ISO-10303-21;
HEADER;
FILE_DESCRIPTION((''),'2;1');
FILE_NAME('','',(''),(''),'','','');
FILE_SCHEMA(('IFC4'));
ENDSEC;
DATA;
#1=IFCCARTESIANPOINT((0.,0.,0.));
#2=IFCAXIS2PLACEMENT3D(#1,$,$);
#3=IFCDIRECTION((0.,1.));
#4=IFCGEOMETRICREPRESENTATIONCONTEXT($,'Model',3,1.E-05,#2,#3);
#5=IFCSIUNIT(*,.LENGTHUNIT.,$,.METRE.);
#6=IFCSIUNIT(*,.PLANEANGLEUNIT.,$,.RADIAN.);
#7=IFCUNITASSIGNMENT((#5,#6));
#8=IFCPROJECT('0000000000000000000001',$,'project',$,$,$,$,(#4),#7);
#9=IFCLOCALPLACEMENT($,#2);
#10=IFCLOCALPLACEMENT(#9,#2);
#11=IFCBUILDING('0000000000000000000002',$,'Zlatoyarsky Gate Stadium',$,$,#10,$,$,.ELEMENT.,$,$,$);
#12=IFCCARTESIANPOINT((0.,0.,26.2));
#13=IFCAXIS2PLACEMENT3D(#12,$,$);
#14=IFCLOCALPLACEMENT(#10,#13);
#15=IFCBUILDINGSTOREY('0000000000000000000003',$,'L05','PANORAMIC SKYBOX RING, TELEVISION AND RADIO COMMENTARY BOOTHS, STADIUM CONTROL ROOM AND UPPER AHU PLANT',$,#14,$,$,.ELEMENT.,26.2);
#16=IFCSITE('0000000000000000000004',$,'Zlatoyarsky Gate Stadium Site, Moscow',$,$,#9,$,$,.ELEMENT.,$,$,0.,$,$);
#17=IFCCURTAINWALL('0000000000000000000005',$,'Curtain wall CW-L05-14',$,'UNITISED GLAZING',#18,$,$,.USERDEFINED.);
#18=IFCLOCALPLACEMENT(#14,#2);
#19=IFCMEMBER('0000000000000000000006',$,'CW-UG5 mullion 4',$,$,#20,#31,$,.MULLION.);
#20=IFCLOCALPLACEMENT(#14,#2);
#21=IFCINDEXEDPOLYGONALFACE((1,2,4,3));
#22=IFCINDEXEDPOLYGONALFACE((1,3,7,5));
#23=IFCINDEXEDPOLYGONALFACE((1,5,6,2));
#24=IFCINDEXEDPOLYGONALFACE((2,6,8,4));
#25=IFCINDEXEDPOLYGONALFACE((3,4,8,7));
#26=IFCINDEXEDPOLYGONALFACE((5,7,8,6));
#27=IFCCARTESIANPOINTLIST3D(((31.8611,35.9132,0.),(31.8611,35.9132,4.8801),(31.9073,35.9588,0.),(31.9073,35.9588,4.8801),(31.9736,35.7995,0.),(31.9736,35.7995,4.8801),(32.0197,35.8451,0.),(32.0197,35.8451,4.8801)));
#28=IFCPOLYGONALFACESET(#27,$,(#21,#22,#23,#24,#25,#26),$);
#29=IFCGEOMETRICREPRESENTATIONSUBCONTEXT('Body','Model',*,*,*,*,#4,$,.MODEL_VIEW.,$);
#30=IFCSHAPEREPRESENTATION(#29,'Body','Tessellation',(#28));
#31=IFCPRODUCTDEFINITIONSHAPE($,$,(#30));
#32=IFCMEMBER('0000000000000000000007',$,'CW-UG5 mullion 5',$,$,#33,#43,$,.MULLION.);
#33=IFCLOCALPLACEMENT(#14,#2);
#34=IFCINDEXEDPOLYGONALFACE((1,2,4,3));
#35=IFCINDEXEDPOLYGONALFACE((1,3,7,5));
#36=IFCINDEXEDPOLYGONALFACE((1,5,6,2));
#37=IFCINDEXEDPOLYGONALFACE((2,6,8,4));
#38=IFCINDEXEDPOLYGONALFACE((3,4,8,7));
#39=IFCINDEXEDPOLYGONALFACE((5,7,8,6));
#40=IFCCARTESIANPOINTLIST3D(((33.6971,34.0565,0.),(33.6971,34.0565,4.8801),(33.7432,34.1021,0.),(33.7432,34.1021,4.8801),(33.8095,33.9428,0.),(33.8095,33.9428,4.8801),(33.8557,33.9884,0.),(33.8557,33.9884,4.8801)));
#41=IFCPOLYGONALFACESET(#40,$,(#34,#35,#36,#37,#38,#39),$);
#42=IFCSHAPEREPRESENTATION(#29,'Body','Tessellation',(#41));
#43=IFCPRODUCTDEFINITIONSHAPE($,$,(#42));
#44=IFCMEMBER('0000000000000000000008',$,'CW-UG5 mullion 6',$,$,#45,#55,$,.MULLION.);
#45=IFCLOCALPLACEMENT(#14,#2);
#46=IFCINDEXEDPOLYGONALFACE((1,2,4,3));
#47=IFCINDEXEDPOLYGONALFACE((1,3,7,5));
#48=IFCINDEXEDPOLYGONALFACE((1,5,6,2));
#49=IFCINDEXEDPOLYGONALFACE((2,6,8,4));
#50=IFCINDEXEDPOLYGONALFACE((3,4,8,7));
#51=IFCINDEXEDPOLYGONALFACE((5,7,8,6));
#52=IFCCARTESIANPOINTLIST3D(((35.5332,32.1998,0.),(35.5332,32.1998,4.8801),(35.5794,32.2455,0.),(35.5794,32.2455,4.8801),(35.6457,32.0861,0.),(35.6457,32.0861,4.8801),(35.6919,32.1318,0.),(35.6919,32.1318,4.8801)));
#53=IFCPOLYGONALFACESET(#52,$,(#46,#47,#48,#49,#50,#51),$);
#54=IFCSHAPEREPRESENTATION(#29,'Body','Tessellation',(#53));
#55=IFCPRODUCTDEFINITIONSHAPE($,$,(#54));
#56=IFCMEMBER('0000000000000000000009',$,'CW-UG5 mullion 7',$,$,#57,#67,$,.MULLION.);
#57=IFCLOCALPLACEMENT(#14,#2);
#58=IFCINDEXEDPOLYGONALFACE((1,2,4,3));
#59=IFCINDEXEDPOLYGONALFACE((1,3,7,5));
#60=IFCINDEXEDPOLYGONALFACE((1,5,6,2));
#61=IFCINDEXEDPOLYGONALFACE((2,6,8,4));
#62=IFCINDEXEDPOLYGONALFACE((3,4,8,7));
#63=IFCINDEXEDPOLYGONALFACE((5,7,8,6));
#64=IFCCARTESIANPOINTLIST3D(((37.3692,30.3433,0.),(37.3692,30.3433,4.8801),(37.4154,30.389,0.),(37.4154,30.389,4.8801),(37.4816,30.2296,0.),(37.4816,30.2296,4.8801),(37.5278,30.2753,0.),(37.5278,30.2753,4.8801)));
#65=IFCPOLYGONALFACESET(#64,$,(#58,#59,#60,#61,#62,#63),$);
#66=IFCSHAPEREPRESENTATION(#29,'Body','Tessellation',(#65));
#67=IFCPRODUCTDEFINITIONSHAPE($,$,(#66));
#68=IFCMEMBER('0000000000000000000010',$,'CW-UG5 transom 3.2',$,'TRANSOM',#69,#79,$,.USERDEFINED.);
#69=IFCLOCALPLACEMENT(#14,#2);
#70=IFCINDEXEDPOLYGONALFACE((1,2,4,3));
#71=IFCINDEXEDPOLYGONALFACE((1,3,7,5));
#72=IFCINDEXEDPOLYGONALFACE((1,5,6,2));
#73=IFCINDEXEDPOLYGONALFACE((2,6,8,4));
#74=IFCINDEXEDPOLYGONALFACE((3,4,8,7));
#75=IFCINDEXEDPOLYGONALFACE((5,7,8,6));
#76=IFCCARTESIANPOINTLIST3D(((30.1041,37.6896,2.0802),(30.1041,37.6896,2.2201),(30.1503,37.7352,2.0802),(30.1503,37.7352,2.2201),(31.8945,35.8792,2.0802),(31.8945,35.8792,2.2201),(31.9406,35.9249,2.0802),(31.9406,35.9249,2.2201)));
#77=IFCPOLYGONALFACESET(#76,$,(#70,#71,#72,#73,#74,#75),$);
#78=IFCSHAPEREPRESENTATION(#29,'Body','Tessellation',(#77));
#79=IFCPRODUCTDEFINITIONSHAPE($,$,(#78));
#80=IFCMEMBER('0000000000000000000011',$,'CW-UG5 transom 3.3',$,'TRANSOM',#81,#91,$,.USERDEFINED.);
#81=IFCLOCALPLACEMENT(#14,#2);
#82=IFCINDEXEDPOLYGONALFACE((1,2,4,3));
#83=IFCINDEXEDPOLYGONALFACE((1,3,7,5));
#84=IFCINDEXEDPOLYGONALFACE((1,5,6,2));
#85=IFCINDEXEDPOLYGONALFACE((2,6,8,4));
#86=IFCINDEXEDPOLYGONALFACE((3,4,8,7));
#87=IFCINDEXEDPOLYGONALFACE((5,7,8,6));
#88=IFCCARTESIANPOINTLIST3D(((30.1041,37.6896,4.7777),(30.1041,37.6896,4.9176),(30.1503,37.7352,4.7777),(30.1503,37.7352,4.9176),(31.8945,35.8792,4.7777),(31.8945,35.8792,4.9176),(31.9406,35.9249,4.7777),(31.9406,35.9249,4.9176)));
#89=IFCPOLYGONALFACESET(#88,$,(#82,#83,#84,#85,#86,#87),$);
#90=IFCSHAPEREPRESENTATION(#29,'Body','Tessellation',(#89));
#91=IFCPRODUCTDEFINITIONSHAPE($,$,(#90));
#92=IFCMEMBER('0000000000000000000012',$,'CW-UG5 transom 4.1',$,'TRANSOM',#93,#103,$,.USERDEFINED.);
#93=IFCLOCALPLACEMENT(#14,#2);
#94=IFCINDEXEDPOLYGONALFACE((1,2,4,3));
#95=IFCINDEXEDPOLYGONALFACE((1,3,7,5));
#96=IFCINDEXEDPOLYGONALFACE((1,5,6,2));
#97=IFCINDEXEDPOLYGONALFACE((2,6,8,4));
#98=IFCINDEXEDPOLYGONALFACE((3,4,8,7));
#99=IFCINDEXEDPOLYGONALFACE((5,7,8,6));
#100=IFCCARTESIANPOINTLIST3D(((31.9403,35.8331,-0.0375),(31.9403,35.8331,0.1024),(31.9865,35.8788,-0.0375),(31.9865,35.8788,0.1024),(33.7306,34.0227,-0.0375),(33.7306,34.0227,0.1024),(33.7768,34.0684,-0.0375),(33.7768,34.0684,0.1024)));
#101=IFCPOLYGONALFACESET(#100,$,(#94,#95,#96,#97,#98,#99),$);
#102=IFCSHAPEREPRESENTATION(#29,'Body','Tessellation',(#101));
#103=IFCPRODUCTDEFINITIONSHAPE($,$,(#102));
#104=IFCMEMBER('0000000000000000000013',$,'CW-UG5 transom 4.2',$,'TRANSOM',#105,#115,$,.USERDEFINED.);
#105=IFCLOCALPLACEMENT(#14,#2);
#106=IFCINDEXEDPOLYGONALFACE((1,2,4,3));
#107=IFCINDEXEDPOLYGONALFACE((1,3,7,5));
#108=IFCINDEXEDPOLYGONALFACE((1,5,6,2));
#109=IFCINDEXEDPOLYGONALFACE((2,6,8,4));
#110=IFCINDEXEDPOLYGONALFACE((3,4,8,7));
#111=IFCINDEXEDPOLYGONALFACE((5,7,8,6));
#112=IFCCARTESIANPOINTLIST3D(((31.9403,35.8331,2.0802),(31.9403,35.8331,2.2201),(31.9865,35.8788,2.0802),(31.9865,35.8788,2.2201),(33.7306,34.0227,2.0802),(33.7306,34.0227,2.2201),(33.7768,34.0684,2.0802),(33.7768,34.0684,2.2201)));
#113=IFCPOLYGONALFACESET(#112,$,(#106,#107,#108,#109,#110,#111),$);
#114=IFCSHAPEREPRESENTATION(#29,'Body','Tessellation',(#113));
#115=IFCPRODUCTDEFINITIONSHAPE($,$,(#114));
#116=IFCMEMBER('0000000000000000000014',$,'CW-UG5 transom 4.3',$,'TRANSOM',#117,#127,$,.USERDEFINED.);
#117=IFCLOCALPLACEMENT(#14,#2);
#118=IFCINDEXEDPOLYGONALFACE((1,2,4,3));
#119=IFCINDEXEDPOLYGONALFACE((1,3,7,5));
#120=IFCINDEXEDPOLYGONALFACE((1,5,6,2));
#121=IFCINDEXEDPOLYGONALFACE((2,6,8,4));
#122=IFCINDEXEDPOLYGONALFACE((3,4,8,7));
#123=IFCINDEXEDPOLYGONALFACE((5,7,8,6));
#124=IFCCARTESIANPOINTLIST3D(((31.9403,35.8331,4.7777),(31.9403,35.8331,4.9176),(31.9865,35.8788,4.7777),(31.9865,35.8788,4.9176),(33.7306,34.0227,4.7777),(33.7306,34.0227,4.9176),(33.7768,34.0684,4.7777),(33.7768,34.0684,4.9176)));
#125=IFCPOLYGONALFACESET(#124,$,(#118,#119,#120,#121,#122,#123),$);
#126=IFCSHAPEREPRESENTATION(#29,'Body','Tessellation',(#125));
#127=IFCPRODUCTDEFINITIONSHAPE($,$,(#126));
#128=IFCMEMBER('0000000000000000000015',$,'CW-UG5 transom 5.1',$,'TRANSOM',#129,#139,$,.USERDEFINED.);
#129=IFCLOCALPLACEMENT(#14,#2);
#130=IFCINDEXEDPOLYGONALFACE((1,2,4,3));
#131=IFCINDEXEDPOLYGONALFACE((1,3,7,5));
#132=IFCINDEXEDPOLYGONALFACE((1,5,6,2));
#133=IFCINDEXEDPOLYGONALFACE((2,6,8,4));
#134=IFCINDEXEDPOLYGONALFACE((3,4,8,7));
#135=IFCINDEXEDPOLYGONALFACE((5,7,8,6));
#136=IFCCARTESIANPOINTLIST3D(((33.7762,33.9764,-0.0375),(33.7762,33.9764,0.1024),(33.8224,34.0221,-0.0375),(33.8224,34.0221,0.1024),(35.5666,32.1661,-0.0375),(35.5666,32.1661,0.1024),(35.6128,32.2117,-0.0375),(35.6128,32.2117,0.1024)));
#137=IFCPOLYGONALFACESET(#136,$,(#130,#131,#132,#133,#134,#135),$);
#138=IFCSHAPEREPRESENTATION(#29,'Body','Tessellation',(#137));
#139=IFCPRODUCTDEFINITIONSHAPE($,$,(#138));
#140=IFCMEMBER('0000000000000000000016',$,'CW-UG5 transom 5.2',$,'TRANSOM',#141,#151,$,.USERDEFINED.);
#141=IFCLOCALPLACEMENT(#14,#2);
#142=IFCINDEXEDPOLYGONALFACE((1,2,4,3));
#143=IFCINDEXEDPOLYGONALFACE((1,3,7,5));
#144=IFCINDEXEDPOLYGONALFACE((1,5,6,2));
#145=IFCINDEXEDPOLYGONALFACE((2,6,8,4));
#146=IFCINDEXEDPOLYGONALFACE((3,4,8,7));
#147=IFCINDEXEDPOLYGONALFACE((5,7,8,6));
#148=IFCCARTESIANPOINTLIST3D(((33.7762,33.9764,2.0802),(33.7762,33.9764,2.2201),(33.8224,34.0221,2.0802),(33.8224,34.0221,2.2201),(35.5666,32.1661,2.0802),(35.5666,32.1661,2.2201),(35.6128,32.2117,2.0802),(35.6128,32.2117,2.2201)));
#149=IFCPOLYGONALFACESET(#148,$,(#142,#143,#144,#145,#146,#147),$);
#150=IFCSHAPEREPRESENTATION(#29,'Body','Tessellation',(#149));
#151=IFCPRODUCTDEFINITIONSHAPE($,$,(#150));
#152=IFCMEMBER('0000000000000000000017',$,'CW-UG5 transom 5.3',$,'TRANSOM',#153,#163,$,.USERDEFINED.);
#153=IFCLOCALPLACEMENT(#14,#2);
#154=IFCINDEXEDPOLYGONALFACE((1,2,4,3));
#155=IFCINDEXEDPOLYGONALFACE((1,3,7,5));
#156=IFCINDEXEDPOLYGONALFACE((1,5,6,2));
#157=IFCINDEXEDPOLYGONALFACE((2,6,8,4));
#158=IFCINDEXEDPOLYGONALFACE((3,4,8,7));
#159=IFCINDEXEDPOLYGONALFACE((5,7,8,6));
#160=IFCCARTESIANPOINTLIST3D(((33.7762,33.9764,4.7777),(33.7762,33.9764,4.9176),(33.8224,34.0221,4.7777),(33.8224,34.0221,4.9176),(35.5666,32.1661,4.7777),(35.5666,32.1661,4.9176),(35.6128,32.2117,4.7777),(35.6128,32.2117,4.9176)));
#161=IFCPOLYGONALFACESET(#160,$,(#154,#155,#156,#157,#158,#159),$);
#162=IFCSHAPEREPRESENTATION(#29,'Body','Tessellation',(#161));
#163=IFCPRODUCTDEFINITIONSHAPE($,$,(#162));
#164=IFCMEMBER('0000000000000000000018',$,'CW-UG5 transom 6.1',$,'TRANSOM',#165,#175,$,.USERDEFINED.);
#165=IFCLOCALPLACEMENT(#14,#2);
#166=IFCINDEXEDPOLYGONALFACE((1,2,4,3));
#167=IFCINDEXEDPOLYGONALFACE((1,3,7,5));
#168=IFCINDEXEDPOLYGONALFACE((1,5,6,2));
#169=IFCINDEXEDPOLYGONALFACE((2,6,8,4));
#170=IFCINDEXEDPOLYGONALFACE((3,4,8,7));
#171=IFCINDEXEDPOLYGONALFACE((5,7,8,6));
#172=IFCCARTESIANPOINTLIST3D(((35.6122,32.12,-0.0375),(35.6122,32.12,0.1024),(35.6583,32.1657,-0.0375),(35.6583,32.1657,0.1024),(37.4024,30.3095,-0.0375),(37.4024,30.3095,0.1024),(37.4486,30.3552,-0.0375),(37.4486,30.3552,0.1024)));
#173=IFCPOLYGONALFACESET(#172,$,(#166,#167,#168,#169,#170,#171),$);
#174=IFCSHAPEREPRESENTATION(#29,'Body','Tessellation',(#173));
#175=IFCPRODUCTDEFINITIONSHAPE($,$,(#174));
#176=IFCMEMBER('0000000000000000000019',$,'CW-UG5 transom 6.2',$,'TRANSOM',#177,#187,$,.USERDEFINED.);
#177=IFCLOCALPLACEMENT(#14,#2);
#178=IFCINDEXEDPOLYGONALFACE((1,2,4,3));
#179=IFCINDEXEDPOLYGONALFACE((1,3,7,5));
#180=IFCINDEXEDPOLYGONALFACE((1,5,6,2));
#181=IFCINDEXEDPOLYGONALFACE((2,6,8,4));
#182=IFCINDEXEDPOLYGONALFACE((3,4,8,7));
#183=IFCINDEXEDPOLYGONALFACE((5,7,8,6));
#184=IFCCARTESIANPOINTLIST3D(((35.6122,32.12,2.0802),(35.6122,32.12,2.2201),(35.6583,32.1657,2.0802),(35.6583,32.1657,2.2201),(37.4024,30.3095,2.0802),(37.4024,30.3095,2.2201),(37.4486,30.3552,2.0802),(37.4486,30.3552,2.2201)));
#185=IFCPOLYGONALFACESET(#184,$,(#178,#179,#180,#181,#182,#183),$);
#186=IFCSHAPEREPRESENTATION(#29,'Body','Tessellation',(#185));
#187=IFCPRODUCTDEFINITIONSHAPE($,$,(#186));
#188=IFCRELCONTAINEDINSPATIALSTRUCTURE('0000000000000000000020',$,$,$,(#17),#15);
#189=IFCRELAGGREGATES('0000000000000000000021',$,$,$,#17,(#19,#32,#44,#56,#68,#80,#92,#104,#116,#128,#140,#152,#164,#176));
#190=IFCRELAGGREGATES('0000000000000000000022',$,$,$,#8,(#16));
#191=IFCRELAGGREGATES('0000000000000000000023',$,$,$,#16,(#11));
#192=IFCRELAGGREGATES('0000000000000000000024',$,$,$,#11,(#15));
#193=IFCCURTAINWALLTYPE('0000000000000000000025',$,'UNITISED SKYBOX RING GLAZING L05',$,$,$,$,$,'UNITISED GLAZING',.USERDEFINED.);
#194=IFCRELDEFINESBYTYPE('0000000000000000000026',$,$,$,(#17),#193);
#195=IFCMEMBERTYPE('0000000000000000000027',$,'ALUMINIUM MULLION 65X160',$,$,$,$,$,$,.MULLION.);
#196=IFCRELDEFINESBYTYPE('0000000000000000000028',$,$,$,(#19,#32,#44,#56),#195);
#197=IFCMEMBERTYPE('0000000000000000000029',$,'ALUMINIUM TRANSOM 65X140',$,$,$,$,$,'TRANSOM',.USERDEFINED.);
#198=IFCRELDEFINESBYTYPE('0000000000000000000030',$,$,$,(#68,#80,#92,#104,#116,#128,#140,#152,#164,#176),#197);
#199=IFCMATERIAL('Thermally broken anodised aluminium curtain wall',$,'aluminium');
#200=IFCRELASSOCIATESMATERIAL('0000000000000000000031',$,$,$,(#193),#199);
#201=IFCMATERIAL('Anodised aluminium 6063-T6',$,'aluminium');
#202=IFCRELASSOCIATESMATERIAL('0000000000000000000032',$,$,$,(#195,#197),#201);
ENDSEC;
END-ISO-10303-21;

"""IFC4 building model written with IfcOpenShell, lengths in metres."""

from ifc_helpers import new_model, si_unit, direction, frame, origin, origin_2d, place, context, subcontext, project, spatial, rectangle, extrude, material, material_profile, profile_set, type_object, element, aggregate, save


model = new_model("IFC4")

# Units and contexts
model_context = context("Model", 3, precision=1e-05, world=origin(), true_north=direction((0.0, 1.0)))
body_context = subcontext(model_context, "Body", "Model", "MODEL_VIEW")
ifc_project = project(units=[si_unit("LENGTHUNIT", "METRE"), si_unit("PLANEANGLEUNIT", "RADIAN")], contexts=[model_context])

# Site, building, storey
site_placement = place(None, origin())
site = spatial("IfcSite", under=ifc_project, at=site_placement, Name="Zlatoyarsky Gate Stadium Site, Moscow", CompositionType="ELEMENT", RefElevation=0.0)
building_placement = place(site_placement, origin())
building = spatial("IfcBuilding", under=site, at=building_placement, Name="Zlatoyarsky Gate Stadium", CompositionType="ELEMENT")
storey_placement = place(building_placement, frame((0.0, 0.0, 26.2)))
storey = spatial("IfcBuildingStorey", under=building, at=storey_placement, Name="L05", Description="PANORAMIC SKYBOX RING, TELEVISION AND RADIO COMMENTARY BOOTHS, STADIUM CONTROL ROOM AND UPPER AHU PLANT", CompositionType="ELEMENT", Elevation=26.2)

# Curtain wall, members
ifc_material_1 = material(Name="Thermally broken anodised aluminium curtain wall", Category="aluminium")
curtain_wall_type = type_object("IfcCurtainWallType", Name="UNITISED SKYBOX RING GLAZING L05", ElementType="UNITISED GLAZING", PredefinedType="USERDEFINED", material=ifc_material_1)
curtain_wall_placement = place(storey_placement, origin())
curtain_wall = element("IfcCurtainWall", 1, at=curtain_wall_placement, inside=storey, type_object=curtain_wall_type, Name="Curtain wall CW-L05-14", ObjectType="UNITISED GLAZING", PredefinedType="USERDEFINED")
ifc_material_2 = material(Name="Anodised aluminium 6063-T6", Category="aluminium")
ifc_material_profile_1 = material_profile(ifc_material_2, rectangle(XDim=0.0649, YDim=0.1599, at=origin_2d()), Name="ALU 65X160")
ifc_profile_set_1 = profile_set([ifc_material_profile_1], Name="Anodised aluminium 6063-T6")
member_type_1 = type_object("IfcMemberType", Name="ALUMINIUM MULLION 65X160", PredefinedType="MULLION", material=ifc_profile_set_1)
member_1_placement = place(storey_placement, frame((31.9404, 35.8792, 0.0), z_axis=(0.0, 0.0, 1.0), x_axis=(0.711036, 0.703156, 0.0)))
member_1 = element("IfcMember", 2, at=member_1_placement, type_object=member_type_1, Name="CW-UG5 mullion 4", PredefinedType="MULLION", context=body_context, shape_type="SweptSolid", body=[
    extrude(rectangle(XDim=0.0649, YDim=0.1599, at=origin_2d()), origin(), (0.0, 0.0, 1.0), 4.8801),
])
member_2_placement = place(storey_placement, frame((33.7764, 34.0225, 0.0), z_axis=(0.0, 0.0, 1.0), x_axis=(0.711036, 0.703156, 0.0)))
member_2 = element("IfcMember", 3, at=member_2_placement, type_object=member_type_1, Name="CW-UG5 mullion 5", PredefinedType="MULLION", context=body_context, shape_type="SweptSolid", body=[
    extrude(rectangle(XDim=0.0649, YDim=0.1599, at=origin_2d()), origin(), (0.0, 0.0, 1.0), 4.8801),
])
member_3_placement = place(storey_placement, frame((35.6125, 32.1658, 0.0), z_axis=(0.0, 0.0, 1.0), x_axis=(0.711036, 0.703156, 0.0)))
member_3 = element("IfcMember", 4, at=member_3_placement, type_object=member_type_1, Name="CW-UG5 mullion 6", PredefinedType="MULLION", context=body_context, shape_type="SweptSolid", body=[
    extrude(rectangle(XDim=0.0649, YDim=0.1599, at=origin_2d()), origin(), (0.0, 0.0, 1.0), 4.8801),
])
member_4_placement = place(storey_placement, frame((37.4485, 30.3093, 0.0), z_axis=(0.0, 0.0, 1.0), x_axis=(0.711036, 0.703156, 0.0)))
member_4 = element("IfcMember", 5, at=member_4_placement, type_object=member_type_1, Name="CW-UG5 mullion 7", PredefinedType="MULLION", context=body_context, shape_type="SweptSolid", body=[
    extrude(rectangle(XDim=0.0649, YDim=0.1599, at=origin_2d()), origin(), (0.0, 0.0, 1.0), 4.8801),
])
ifc_material_profile_2 = material_profile(ifc_material_2, rectangle(XDim=0.0649, YDim=0.1399, at=origin_2d()), Name="ALU 65X140")
ifc_profile_set_2 = profile_set([ifc_material_profile_2], Name="Anodised aluminium 6063-T6")
member_type_2 = type_object("IfcMemberType", Name="ALUMINIUM TRANSOM 65X140", ElementType="TRANSOM", PredefinedType="USERDEFINED", material=ifc_profile_set_2)
member_5_placement = place(storey_placement, frame((30.1272, 37.7124, 2.1501), z_axis=(0.703164, -0.711027, 0.0), x_axis=(0.711027, 0.703164, 0.0)))
member_5 = element("IfcMember", 6, at=member_5_placement, type_object=member_type_2, Name="CW-UG5 transom 3.2", ObjectType="TRANSOM", PredefinedType="USERDEFINED", context=body_context, shape_type="SweptSolid", body=[
    extrude(rectangle(XDim=0.0649, YDim=0.1399, at=origin_2d()), origin(), (0.0, 0.0, 1.0), 2.5461),
])
member_6_placement = place(storey_placement, frame((30.1272, 37.7124, 4.8477), z_axis=(0.703164, -0.711027, 0.0), x_axis=(0.711027, 0.703164, 0.0)))
member_6 = element("IfcMember", 7, at=member_6_placement, type_object=member_type_2, Name="CW-UG5 transom 3.3", ObjectType="TRANSOM", PredefinedType="USERDEFINED", context=body_context, shape_type="SweptSolid", body=[
    extrude(rectangle(XDim=0.0649, YDim=0.1399, at=origin_2d()), origin(), (0.0, 0.0, 1.0), 2.5461),
])
member_7_placement = place(storey_placement, frame((31.9634, 35.856, 0.0325), z_axis=(0.703164, -0.711027, 0.0), x_axis=(0.711027, 0.703164, 0.0)))
member_7 = element("IfcMember", 8, at=member_7_placement, type_object=member_type_2, Name="CW-UG5 transom 4.1", ObjectType="TRANSOM", PredefinedType="USERDEFINED", context=body_context, shape_type="SweptSolid", body=[
    extrude(rectangle(XDim=0.0649, YDim=0.1399, at=origin_2d()), origin(), (0.0, 0.0, 1.0), 2.5461),
])
member_8_placement = place(storey_placement, frame((31.9634, 35.856, 2.1501), z_axis=(0.703164, -0.711027, 0.0), x_axis=(0.711027, 0.703164, 0.0)))
member_8 = element("IfcMember", 9, at=member_8_placement, type_object=member_type_2, Name="CW-UG5 transom 4.2", ObjectType="TRANSOM", PredefinedType="USERDEFINED", context=body_context, shape_type="SweptSolid", body=[
    extrude(rectangle(XDim=0.0649, YDim=0.1399, at=origin_2d()), origin(), (0.0, 0.0, 1.0), 2.5461),
])
member_9_placement = place(storey_placement, frame((31.9634, 35.856, 4.8477), z_axis=(0.703164, -0.711027, 0.0), x_axis=(0.711027, 0.703164, 0.0)))
member_9 = element("IfcMember", 10, at=member_9_placement, type_object=member_type_2, Name="CW-UG5 transom 4.3", ObjectType="TRANSOM", PredefinedType="USERDEFINED", context=body_context, shape_type="SweptSolid", body=[
    extrude(rectangle(XDim=0.0649, YDim=0.1399, at=origin_2d()), origin(), (0.0, 0.0, 1.0), 2.5461),
])
member_10_placement = place(storey_placement, frame((33.7993, 33.9993, 0.0325), z_axis=(0.703164, -0.711027, 0.0), x_axis=(0.711027, 0.703164, 0.0)))
member_10 = element("IfcMember", 11, at=member_10_placement, type_object=member_type_2, Name="CW-UG5 transom 5.1", ObjectType="TRANSOM", PredefinedType="USERDEFINED", context=body_context, shape_type="SweptSolid", body=[
    extrude(rectangle(XDim=0.0649, YDim=0.1399, at=origin_2d()), origin(), (0.0, 0.0, 1.0), 2.5461),
])
member_11_placement = place(storey_placement, frame((33.7993, 33.9993, 2.1501), z_axis=(0.703164, -0.711027, 0.0), x_axis=(0.711027, 0.703164, 0.0)))
member_11 = element("IfcMember", 12, at=member_11_placement, type_object=member_type_2, Name="CW-UG5 transom 5.2", ObjectType="TRANSOM", PredefinedType="USERDEFINED", context=body_context, shape_type="SweptSolid", body=[
    extrude(rectangle(XDim=0.0649, YDim=0.1399, at=origin_2d()), origin(), (0.0, 0.0, 1.0), 2.5461),
])
member_12_placement = place(storey_placement, frame((33.7993, 33.9993, 4.8477), z_axis=(0.703164, -0.711027, 0.0), x_axis=(0.711027, 0.703164, 0.0)))
member_12 = element("IfcMember", 13, at=member_12_placement, type_object=member_type_2, Name="CW-UG5 transom 5.3", ObjectType="TRANSOM", PredefinedType="USERDEFINED", context=body_context, shape_type="SweptSolid", body=[
    extrude(rectangle(XDim=0.0649, YDim=0.1399, at=origin_2d()), origin(), (0.0, 0.0, 1.0), 2.5461),
])
member_13_placement = place(storey_placement, frame((35.6353, 32.1428, 0.0325), z_axis=(0.703116, -0.711075, 0.0), x_axis=(0.711075, 0.703116, 0.0)))
member_13 = element("IfcMember", 14, at=member_13_placement, type_object=member_type_2, Name="CW-UG5 transom 6.1", ObjectType="TRANSOM", PredefinedType="USERDEFINED", context=body_context, shape_type="SweptSolid", body=[
    extrude(rectangle(XDim=0.0649, YDim=0.1399, at=origin_2d()), origin(), (0.0, 0.0, 1.0), 2.5461),
])
member_14_placement = place(storey_placement, frame((35.6353, 32.1428, 2.1501), z_axis=(0.703116, -0.711075, 0.0), x_axis=(0.711075, 0.703116, 0.0)))
member_14 = element("IfcMember", 15, at=member_14_placement, type_object=member_type_2, Name="CW-UG5 transom 6.2", ObjectType="TRANSOM", PredefinedType="USERDEFINED", context=body_context, shape_type="SweptSolid", body=[
    extrude(rectangle(XDim=0.0649, YDim=0.1399, at=origin_2d()), origin(), (0.0, 0.0, 1.0), 2.5461),
])

aggregate(curtain_wall, [member_1, member_2, member_3, member_4, member_5, member_6, member_7, member_8, member_9, member_10, member_11, member_12, member_13, member_14])

save(model, "model.ifc")
